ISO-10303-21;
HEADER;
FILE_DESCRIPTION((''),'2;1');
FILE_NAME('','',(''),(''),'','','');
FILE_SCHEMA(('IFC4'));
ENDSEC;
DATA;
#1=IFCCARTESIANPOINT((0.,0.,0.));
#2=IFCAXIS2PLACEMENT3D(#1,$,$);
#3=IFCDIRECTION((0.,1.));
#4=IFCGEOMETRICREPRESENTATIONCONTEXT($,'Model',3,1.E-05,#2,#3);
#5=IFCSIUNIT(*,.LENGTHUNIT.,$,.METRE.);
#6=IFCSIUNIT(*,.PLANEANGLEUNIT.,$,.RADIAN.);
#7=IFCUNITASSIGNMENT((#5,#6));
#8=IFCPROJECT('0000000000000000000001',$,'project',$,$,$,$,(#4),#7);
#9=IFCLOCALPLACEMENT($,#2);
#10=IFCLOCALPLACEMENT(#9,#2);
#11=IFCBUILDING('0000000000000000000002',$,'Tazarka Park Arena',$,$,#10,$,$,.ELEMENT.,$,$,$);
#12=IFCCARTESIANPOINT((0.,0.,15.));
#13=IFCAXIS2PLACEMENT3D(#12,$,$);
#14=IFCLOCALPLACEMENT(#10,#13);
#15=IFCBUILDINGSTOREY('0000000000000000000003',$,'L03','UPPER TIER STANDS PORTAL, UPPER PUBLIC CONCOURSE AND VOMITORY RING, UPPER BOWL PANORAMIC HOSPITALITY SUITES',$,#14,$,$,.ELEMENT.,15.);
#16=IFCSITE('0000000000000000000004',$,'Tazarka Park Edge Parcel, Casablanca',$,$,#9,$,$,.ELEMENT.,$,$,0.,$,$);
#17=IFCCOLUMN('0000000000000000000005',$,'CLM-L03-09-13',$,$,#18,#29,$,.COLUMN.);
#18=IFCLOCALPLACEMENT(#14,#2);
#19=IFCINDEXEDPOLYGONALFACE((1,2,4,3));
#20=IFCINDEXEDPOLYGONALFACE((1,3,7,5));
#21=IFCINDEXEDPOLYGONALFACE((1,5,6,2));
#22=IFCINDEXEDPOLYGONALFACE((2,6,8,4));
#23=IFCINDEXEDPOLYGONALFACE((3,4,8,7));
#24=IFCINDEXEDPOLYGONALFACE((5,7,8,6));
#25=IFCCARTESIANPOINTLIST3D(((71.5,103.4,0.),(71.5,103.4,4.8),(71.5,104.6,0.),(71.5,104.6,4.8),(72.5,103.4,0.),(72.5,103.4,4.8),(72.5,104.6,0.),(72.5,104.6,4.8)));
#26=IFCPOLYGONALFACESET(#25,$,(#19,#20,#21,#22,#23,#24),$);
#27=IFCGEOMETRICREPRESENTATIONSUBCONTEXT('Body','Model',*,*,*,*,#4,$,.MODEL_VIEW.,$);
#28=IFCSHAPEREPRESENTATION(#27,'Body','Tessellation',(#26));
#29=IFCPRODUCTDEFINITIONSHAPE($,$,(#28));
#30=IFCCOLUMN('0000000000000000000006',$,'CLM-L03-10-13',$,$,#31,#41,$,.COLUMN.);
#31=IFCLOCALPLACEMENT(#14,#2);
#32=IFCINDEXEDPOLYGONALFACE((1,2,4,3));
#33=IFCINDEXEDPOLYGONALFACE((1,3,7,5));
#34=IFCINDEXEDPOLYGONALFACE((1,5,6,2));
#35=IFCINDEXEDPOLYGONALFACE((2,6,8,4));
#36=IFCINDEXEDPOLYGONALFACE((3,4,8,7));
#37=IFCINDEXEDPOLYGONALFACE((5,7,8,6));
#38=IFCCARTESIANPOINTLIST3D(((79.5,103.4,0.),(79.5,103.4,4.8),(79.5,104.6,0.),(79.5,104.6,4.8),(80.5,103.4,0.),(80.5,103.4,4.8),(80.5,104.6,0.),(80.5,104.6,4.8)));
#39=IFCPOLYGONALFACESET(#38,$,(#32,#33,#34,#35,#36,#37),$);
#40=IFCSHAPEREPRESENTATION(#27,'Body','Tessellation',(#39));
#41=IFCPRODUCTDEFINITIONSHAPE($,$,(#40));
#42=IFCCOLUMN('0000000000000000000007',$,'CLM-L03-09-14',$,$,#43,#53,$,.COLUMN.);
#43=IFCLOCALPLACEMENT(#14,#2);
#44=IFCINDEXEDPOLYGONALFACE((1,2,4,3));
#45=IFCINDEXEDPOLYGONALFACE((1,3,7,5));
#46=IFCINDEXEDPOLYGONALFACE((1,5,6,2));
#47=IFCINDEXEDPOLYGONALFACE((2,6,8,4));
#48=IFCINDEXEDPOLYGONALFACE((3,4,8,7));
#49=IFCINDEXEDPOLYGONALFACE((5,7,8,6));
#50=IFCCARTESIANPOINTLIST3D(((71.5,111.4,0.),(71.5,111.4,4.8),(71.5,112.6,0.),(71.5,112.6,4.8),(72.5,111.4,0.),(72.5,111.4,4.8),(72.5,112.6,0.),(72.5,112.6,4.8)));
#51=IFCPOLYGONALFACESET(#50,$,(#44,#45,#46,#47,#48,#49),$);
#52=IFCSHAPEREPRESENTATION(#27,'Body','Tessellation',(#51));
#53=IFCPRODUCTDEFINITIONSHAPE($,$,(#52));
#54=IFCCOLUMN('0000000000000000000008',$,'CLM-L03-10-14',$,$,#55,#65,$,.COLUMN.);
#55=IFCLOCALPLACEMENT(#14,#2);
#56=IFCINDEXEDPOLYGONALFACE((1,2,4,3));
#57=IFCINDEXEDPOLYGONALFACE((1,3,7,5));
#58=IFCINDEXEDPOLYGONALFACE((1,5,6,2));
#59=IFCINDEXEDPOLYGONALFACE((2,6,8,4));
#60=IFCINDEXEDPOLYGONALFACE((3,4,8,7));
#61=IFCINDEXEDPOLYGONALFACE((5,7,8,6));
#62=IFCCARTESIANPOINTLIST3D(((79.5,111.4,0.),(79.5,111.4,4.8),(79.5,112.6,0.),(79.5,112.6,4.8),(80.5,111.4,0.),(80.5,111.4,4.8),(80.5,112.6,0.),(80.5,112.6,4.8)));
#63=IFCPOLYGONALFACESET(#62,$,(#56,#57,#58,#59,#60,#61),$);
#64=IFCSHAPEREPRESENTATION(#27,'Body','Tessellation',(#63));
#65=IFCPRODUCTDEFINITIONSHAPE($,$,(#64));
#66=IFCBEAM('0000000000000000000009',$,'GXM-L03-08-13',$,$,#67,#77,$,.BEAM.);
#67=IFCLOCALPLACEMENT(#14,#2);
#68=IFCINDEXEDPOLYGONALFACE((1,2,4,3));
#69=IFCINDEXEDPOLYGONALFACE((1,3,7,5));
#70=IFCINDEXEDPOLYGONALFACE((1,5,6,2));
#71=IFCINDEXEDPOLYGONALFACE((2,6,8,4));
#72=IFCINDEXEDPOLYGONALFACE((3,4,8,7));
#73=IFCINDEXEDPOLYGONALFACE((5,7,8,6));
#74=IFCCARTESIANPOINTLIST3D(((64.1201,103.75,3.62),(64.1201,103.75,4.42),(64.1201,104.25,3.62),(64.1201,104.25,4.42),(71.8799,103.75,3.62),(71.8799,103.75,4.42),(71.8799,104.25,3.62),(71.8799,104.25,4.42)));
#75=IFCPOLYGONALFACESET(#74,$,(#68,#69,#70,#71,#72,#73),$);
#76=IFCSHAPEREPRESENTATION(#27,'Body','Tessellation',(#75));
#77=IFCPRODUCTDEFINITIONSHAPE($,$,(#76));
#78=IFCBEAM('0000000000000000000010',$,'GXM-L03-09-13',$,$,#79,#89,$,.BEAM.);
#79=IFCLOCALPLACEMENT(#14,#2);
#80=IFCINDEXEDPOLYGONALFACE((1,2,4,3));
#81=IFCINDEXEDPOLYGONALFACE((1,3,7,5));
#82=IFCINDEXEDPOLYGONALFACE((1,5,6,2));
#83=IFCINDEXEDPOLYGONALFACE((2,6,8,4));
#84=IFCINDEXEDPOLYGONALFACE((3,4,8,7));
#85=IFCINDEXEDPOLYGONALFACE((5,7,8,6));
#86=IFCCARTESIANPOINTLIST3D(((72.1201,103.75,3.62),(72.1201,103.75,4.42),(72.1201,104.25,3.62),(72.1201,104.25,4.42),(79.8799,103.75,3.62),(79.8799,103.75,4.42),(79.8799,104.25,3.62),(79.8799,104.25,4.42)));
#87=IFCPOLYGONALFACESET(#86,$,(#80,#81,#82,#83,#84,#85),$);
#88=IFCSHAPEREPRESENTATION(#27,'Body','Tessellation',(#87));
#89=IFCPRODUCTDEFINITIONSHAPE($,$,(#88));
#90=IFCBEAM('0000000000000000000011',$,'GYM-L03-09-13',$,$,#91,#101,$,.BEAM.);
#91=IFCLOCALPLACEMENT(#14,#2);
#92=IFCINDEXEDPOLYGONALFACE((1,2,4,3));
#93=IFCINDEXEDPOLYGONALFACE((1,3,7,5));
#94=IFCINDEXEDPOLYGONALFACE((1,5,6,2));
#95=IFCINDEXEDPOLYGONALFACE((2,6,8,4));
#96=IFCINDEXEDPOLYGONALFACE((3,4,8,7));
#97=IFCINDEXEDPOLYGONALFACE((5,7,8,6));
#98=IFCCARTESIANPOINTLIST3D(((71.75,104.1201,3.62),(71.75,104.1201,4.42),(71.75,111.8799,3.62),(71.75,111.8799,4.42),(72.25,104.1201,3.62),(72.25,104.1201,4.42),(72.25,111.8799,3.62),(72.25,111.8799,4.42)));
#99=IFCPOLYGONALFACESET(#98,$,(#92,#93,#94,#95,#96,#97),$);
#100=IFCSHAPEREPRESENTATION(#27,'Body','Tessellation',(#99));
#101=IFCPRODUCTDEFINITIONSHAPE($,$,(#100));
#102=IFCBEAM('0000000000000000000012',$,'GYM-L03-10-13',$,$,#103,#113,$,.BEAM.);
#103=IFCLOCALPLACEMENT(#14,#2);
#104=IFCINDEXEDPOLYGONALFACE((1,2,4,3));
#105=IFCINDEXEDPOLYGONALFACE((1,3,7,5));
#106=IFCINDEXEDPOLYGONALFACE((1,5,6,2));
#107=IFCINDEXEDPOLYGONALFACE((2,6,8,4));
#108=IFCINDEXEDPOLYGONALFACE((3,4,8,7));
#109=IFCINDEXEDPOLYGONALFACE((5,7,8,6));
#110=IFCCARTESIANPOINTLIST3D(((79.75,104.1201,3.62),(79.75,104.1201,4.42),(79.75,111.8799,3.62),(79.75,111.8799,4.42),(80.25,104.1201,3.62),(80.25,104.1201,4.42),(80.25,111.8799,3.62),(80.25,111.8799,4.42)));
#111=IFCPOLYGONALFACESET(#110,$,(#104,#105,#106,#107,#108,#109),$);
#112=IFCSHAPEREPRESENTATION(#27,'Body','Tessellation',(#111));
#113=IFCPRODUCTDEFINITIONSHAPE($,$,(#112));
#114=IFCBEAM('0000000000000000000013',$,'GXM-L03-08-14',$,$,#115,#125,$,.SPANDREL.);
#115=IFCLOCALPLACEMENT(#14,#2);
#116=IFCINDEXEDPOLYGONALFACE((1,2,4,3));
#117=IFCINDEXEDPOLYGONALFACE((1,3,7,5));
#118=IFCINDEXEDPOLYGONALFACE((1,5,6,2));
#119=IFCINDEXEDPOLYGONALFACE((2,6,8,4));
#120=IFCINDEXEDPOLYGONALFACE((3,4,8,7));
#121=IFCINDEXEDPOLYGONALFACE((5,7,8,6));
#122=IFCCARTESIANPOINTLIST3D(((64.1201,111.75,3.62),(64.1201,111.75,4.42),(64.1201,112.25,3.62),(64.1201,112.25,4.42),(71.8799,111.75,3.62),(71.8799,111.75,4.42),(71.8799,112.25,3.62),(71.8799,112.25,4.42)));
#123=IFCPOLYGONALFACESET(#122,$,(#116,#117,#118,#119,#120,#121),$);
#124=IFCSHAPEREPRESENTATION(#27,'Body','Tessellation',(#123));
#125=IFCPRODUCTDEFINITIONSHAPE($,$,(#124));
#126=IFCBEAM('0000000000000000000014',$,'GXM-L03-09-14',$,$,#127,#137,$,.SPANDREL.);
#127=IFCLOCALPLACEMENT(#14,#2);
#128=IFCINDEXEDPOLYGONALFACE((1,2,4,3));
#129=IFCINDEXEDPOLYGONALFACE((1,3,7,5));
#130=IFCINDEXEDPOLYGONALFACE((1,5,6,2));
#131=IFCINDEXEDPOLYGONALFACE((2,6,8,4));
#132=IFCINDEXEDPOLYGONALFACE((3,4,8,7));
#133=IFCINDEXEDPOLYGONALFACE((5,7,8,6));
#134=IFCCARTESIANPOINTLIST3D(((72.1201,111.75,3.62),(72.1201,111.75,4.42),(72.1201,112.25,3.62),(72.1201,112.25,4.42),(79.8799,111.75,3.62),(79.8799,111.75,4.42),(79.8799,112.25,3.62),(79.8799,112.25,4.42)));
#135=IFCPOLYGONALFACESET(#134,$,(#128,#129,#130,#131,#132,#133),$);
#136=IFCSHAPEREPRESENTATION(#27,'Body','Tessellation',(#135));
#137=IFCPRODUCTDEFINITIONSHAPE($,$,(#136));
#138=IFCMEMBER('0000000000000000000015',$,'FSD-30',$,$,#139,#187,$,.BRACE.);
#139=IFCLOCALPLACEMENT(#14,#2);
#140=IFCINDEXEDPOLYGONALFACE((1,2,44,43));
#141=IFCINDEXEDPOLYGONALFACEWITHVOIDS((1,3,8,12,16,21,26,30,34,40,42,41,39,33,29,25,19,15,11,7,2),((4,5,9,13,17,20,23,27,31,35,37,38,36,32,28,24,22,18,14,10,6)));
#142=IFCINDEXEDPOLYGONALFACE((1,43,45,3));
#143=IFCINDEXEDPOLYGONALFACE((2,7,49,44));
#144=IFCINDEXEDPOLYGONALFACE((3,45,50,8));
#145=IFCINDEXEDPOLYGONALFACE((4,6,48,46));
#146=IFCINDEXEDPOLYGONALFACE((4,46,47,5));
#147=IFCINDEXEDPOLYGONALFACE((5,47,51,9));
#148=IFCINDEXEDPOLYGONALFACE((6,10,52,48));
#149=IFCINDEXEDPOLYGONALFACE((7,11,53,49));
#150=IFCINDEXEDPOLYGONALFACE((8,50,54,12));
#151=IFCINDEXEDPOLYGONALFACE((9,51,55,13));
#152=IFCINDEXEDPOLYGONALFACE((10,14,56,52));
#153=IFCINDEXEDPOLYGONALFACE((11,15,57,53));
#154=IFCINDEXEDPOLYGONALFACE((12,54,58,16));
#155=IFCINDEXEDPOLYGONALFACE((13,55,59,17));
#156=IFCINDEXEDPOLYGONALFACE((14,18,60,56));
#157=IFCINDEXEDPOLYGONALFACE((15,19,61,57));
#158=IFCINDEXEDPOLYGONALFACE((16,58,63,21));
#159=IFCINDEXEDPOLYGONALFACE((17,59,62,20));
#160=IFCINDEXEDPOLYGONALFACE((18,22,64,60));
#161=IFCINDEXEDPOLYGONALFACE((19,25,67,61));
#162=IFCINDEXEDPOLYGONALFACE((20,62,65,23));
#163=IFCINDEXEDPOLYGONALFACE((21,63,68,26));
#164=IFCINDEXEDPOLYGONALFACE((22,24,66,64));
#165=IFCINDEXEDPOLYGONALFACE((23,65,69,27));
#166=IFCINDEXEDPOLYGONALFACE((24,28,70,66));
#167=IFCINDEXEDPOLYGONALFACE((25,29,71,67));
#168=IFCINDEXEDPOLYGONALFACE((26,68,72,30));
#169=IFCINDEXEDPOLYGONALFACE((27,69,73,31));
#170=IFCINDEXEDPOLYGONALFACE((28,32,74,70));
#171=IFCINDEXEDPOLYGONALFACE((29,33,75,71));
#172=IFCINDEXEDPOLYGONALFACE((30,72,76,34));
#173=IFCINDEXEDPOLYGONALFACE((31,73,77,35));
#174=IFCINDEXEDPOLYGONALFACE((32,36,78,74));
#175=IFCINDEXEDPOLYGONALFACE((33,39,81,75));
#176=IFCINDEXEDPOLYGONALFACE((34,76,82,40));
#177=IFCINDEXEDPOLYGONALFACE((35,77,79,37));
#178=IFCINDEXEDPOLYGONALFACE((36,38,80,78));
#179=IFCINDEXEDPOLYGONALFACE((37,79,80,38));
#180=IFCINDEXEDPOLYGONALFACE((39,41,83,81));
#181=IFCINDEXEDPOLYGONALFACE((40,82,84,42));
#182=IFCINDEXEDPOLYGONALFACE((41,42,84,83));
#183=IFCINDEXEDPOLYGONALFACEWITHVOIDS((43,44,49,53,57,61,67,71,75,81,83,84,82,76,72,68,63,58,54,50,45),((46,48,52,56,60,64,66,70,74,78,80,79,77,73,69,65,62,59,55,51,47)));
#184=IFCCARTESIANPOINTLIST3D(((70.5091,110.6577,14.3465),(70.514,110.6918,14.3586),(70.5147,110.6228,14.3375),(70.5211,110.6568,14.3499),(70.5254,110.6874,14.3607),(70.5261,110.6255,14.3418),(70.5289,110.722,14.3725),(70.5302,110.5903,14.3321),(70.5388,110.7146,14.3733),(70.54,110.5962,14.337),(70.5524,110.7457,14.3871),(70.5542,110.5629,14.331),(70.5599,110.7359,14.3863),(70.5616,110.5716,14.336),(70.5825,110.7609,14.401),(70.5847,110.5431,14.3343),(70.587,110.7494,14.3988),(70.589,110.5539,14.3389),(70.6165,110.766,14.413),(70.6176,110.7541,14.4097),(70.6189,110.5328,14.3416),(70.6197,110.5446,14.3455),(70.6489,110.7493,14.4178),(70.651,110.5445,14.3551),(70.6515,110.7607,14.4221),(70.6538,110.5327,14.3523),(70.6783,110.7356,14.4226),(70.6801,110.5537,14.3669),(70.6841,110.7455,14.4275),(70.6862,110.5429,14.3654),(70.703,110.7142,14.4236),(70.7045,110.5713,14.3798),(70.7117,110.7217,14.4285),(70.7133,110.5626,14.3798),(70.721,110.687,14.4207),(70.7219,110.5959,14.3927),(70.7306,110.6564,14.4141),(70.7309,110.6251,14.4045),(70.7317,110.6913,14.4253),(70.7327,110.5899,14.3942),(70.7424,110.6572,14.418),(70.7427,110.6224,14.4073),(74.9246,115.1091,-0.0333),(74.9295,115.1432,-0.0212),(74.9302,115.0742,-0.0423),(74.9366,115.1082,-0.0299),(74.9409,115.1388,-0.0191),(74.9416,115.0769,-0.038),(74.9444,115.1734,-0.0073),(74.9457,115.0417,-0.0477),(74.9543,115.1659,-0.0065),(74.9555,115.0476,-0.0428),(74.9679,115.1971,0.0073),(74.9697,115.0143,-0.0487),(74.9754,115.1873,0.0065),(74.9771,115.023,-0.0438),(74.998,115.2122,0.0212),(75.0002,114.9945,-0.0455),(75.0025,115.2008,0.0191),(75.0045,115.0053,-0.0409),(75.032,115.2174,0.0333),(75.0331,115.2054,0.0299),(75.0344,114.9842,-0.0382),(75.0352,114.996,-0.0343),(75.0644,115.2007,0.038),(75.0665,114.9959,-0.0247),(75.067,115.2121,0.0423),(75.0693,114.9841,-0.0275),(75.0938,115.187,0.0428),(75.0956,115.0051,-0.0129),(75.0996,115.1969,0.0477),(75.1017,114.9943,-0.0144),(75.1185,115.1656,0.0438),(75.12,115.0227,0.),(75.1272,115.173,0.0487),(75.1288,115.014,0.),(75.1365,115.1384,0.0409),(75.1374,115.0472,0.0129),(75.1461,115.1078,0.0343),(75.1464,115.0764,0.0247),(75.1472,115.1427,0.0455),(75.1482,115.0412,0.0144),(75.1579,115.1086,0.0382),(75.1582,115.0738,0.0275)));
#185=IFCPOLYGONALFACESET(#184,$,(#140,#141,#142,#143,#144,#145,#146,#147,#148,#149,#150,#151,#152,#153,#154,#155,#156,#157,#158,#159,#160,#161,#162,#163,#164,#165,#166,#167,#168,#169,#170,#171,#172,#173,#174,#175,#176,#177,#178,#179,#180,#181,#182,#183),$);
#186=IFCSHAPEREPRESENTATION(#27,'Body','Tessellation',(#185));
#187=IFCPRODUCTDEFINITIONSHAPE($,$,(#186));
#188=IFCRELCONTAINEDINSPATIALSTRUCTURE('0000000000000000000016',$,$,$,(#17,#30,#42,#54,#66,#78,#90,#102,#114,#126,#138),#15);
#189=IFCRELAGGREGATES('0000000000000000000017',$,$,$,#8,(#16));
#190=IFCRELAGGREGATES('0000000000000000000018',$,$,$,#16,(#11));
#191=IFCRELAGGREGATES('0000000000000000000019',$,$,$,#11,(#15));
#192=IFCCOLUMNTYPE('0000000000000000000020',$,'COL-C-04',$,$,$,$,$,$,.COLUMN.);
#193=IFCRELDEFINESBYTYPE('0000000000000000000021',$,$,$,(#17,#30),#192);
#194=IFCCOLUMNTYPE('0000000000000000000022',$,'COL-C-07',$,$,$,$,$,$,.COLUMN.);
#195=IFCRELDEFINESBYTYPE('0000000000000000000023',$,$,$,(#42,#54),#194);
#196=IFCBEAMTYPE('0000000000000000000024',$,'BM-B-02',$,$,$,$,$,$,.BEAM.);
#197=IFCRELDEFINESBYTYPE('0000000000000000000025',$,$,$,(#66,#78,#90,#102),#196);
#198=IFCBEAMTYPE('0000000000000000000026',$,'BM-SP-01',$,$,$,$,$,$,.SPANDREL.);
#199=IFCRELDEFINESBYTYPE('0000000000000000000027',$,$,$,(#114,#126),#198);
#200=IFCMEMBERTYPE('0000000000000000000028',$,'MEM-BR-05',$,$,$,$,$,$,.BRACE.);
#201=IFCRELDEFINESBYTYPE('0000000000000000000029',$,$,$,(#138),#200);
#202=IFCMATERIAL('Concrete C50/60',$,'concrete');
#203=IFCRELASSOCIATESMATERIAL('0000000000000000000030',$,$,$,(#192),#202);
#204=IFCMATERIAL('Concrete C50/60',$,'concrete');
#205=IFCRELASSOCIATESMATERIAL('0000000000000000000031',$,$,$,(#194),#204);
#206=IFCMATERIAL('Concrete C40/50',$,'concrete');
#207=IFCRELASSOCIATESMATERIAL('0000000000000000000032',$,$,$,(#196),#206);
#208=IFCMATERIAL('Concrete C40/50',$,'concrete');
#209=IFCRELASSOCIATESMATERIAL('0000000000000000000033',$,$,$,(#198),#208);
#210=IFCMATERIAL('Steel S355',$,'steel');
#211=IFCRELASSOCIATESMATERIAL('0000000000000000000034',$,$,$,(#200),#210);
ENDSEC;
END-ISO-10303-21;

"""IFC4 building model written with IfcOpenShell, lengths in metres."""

from ifc_helpers import new_model, si_unit, direction, frame, origin, origin_2d, place, context, subcontext, project, spatial, rectangle, hollow_circle, extrude, material, material_profile, profile_set, type_object, element, save


model = new_model("IFC4")

# Units and contexts
model_context = context("Model", 3, precision=1e-05, world=origin(), true_north=direction((0.0, 1.0)))
body_context = subcontext(model_context, "Body", "Model", "MODEL_VIEW")
ifc_project = project(units=[si_unit("LENGTHUNIT", "METRE"), si_unit("PLANEANGLEUNIT", "RADIAN")], contexts=[model_context])

# Site, building, storey
site_placement = place(None, origin())
site = spatial("IfcSite", under=ifc_project, at=site_placement, Name="Tazarka Park Edge Parcel, Casablanca", CompositionType="ELEMENT", RefElevation=0.0)
building_placement = place(site_placement, origin())
building = spatial("IfcBuilding", under=site, at=building_placement, Name="Tazarka Park Arena", CompositionType="ELEMENT")
storey_placement = place(building_placement, frame((0.0, 0.0, 15.0)))
storey = spatial("IfcBuildingStorey", under=building, at=storey_placement, Name="L03", Description="UPPER TIER STANDS PORTAL, UPPER PUBLIC CONCOURSE AND VOMITORY RING, UPPER BOWL PANORAMIC HOSPITALITY SUITES", CompositionType="ELEMENT", Elevation=15.0)

# Columns
ifc_material_1 = material(Name="Concrete C50/60", Category="concrete")
ifc_material_profile_1 = material_profile(ifc_material_1, rectangle(XDim=1.0, YDim=1.2, at=origin_2d()), Name="Concrete C50/60")
ifc_profile_set_1 = profile_set([ifc_material_profile_1], Name="Concrete C50/60")
column_type_1 = type_object("IfcColumnType", Name="COL-C-04", PredefinedType="COLUMN", material=ifc_profile_set_1)
for number, where, z_axis, x_axis, name in (
    (1, (72.0, 104.0, 0.0), (0.0, 0.0, 1.0), (1.0, 0.0, 0.0), "CLM-L03-09-13"),
    (2, (80.0, 104.0, 0.0), (0.0, 0.0, 1.0), (1.0, 0.0, 0.0), "CLM-L03-10-13"),
):
    element("IfcColumn", number, at=place(storey_placement, frame(where, z_axis=z_axis, x_axis=x_axis)), inside=storey, type_object=column_type_1, Name=name, PredefinedType="COLUMN", context=body_context, shape_type="SweptSolid", body=[
        extrude(rectangle(XDim=1.0, YDim=1.2, at=origin_2d()), origin(), (0.0, 0.0, 1.0), 4.8),
    ])
ifc_material_2 = material(Name="Concrete C50/60", Category="concrete")
ifc_material_profile_2 = material_profile(ifc_material_2, rectangle(XDim=1.0, YDim=1.2, at=origin_2d()), Name="Concrete C50/60")
ifc_profile_set_2 = profile_set([ifc_material_profile_2], Name="Concrete C50/60")
column_type_2 = type_object("IfcColumnType", Name="COL-C-07", PredefinedType="COLUMN", material=ifc_profile_set_2)
for number, where, z_axis, x_axis, name in (
    (3, (72.0, 112.0, 0.0), (0.0, 0.0, 1.0), (1.0, 0.0, 0.0), "CLM-L03-09-14"),
    (4, (80.0, 112.0, 0.0), (0.0, 0.0, 1.0), (1.0, 0.0, 0.0), "CLM-L03-10-14"),
):
    element("IfcColumn", number, at=place(storey_placement, frame(where, z_axis=z_axis, x_axis=x_axis)), inside=storey, type_object=column_type_2, Name=name, PredefinedType="COLUMN", context=body_context, shape_type="SweptSolid", body=[
        extrude(rectangle(XDim=1.0, YDim=1.2, at=origin_2d()), origin(), (0.0, 0.0, 1.0), 4.8),
    ])

# Beams
ifc_material_3 = material(Name="Concrete C40/50", Category="concrete")
ifc_material_profile_3 = material_profile(ifc_material_3, rectangle(XDim=0.5, YDim=0.8, at=origin_2d()), Name="Concrete C40/50")
ifc_profile_set_3 = profile_set([ifc_material_profile_3], Name="Concrete C40/50")
beam_type_1 = type_object("IfcBeamType", Name="BM-B-02", PredefinedType="BEAM", material=ifc_profile_set_3)
for number, where, z_axis, x_axis, name in (
    (5, (64.1201, 104.0, 4.02), (1.0, 0.0, 0.0), (0.0, 1.0, 0.0), "GXM-L03-08-13"),
    (6, (72.1201, 104.0, 4.02), (1.0, 0.0, 0.0), (0.0, 1.0, 0.0), "GXM-L03-09-13"),
    (7, (72.0, 104.1201, 4.02), (0.0, 1.0, 0.0), (-1.0, 0.0, 0.0), "GYM-L03-09-13"),
    (8, (80.0, 104.1201, 4.02), (0.0, 1.0, 0.0), (-1.0, 0.0, 0.0), "GYM-L03-10-13"),
):
    element("IfcBeam", number, at=place(storey_placement, frame(where, z_axis=z_axis, x_axis=x_axis)), inside=storey, type_object=beam_type_1, Name=name, PredefinedType="BEAM", context=body_context, shape_type="SweptSolid", body=[
        extrude(rectangle(XDim=0.5, YDim=0.8, at=origin_2d()), origin(), (0.0, 0.0, 1.0), 7.7598),
    ])
ifc_material_4 = material(Name="Concrete C40/50", Category="concrete")
ifc_material_profile_4 = material_profile(ifc_material_4, rectangle(XDim=0.5, YDim=0.8, at=origin_2d()), Name="Concrete C40/50")
ifc_profile_set_4 = profile_set([ifc_material_profile_4], Name="Concrete C40/50")
beam_type_2 = type_object("IfcBeamType", Name="BM-SP-01", PredefinedType="SPANDREL", material=ifc_profile_set_4)
for number, where, z_axis, x_axis, name in (
    (9, (64.1201, 112.0, 4.02), (1.0, 0.0, 0.0), (0.0, 1.0, 0.0), "GXM-L03-08-14"),
    (10, (72.1201, 112.0, 4.02), (1.0, 0.0, 0.0), (0.0, 1.0, 0.0), "GXM-L03-09-14"),
):
    element("IfcBeam", number, at=place(storey_placement, frame(where, z_axis=z_axis, x_axis=x_axis)), inside=storey, type_object=beam_type_2, Name=name, PredefinedType="SPANDREL", context=body_context, shape_type="SweptSolid", body=[
        extrude(rectangle(XDim=0.5, YDim=0.8, at=origin_2d()), origin(), (0.0, 0.0, 1.0), 7.7598),
    ])

# Member
ifc_material_5 = material(Name="Steel S355", Category="steel")
ifc_material_profile_5 = material_profile(ifc_material_5, hollow_circle(Radius=0.1223, WallThickness=0.0125, at=origin_2d()), Name="Steel S355")
ifc_profile_set_5 = profile_set([ifc_material_profile_5], Name="Steel S355")
member_type_1 = type_object("IfcMemberType", Name="MEM-BR-05", PredefinedType="BRACE", material=ifc_profile_set_5)
member_1_placement = place(storey_placement, frame((75.042, 115.1001, 0.0), z_axis=(-0.281471, -0.283758, 0.916655), x_axis=(0.709963, -0.704239, 0.0)))
element("IfcMember", 11, at=member_1_placement, inside=storey, type_object=member_type_1, Name="FSD-30", PredefinedType="BRACE", context=body_context, shape_type="SweptSolid", body=[
    extrude(hollow_circle(Radius=0.1223, WallThickness=0.0125, at=origin_2d()), origin(), (0.0, 0.0, 1.0), 15.6873),
])

save(model, "model.ifc")
